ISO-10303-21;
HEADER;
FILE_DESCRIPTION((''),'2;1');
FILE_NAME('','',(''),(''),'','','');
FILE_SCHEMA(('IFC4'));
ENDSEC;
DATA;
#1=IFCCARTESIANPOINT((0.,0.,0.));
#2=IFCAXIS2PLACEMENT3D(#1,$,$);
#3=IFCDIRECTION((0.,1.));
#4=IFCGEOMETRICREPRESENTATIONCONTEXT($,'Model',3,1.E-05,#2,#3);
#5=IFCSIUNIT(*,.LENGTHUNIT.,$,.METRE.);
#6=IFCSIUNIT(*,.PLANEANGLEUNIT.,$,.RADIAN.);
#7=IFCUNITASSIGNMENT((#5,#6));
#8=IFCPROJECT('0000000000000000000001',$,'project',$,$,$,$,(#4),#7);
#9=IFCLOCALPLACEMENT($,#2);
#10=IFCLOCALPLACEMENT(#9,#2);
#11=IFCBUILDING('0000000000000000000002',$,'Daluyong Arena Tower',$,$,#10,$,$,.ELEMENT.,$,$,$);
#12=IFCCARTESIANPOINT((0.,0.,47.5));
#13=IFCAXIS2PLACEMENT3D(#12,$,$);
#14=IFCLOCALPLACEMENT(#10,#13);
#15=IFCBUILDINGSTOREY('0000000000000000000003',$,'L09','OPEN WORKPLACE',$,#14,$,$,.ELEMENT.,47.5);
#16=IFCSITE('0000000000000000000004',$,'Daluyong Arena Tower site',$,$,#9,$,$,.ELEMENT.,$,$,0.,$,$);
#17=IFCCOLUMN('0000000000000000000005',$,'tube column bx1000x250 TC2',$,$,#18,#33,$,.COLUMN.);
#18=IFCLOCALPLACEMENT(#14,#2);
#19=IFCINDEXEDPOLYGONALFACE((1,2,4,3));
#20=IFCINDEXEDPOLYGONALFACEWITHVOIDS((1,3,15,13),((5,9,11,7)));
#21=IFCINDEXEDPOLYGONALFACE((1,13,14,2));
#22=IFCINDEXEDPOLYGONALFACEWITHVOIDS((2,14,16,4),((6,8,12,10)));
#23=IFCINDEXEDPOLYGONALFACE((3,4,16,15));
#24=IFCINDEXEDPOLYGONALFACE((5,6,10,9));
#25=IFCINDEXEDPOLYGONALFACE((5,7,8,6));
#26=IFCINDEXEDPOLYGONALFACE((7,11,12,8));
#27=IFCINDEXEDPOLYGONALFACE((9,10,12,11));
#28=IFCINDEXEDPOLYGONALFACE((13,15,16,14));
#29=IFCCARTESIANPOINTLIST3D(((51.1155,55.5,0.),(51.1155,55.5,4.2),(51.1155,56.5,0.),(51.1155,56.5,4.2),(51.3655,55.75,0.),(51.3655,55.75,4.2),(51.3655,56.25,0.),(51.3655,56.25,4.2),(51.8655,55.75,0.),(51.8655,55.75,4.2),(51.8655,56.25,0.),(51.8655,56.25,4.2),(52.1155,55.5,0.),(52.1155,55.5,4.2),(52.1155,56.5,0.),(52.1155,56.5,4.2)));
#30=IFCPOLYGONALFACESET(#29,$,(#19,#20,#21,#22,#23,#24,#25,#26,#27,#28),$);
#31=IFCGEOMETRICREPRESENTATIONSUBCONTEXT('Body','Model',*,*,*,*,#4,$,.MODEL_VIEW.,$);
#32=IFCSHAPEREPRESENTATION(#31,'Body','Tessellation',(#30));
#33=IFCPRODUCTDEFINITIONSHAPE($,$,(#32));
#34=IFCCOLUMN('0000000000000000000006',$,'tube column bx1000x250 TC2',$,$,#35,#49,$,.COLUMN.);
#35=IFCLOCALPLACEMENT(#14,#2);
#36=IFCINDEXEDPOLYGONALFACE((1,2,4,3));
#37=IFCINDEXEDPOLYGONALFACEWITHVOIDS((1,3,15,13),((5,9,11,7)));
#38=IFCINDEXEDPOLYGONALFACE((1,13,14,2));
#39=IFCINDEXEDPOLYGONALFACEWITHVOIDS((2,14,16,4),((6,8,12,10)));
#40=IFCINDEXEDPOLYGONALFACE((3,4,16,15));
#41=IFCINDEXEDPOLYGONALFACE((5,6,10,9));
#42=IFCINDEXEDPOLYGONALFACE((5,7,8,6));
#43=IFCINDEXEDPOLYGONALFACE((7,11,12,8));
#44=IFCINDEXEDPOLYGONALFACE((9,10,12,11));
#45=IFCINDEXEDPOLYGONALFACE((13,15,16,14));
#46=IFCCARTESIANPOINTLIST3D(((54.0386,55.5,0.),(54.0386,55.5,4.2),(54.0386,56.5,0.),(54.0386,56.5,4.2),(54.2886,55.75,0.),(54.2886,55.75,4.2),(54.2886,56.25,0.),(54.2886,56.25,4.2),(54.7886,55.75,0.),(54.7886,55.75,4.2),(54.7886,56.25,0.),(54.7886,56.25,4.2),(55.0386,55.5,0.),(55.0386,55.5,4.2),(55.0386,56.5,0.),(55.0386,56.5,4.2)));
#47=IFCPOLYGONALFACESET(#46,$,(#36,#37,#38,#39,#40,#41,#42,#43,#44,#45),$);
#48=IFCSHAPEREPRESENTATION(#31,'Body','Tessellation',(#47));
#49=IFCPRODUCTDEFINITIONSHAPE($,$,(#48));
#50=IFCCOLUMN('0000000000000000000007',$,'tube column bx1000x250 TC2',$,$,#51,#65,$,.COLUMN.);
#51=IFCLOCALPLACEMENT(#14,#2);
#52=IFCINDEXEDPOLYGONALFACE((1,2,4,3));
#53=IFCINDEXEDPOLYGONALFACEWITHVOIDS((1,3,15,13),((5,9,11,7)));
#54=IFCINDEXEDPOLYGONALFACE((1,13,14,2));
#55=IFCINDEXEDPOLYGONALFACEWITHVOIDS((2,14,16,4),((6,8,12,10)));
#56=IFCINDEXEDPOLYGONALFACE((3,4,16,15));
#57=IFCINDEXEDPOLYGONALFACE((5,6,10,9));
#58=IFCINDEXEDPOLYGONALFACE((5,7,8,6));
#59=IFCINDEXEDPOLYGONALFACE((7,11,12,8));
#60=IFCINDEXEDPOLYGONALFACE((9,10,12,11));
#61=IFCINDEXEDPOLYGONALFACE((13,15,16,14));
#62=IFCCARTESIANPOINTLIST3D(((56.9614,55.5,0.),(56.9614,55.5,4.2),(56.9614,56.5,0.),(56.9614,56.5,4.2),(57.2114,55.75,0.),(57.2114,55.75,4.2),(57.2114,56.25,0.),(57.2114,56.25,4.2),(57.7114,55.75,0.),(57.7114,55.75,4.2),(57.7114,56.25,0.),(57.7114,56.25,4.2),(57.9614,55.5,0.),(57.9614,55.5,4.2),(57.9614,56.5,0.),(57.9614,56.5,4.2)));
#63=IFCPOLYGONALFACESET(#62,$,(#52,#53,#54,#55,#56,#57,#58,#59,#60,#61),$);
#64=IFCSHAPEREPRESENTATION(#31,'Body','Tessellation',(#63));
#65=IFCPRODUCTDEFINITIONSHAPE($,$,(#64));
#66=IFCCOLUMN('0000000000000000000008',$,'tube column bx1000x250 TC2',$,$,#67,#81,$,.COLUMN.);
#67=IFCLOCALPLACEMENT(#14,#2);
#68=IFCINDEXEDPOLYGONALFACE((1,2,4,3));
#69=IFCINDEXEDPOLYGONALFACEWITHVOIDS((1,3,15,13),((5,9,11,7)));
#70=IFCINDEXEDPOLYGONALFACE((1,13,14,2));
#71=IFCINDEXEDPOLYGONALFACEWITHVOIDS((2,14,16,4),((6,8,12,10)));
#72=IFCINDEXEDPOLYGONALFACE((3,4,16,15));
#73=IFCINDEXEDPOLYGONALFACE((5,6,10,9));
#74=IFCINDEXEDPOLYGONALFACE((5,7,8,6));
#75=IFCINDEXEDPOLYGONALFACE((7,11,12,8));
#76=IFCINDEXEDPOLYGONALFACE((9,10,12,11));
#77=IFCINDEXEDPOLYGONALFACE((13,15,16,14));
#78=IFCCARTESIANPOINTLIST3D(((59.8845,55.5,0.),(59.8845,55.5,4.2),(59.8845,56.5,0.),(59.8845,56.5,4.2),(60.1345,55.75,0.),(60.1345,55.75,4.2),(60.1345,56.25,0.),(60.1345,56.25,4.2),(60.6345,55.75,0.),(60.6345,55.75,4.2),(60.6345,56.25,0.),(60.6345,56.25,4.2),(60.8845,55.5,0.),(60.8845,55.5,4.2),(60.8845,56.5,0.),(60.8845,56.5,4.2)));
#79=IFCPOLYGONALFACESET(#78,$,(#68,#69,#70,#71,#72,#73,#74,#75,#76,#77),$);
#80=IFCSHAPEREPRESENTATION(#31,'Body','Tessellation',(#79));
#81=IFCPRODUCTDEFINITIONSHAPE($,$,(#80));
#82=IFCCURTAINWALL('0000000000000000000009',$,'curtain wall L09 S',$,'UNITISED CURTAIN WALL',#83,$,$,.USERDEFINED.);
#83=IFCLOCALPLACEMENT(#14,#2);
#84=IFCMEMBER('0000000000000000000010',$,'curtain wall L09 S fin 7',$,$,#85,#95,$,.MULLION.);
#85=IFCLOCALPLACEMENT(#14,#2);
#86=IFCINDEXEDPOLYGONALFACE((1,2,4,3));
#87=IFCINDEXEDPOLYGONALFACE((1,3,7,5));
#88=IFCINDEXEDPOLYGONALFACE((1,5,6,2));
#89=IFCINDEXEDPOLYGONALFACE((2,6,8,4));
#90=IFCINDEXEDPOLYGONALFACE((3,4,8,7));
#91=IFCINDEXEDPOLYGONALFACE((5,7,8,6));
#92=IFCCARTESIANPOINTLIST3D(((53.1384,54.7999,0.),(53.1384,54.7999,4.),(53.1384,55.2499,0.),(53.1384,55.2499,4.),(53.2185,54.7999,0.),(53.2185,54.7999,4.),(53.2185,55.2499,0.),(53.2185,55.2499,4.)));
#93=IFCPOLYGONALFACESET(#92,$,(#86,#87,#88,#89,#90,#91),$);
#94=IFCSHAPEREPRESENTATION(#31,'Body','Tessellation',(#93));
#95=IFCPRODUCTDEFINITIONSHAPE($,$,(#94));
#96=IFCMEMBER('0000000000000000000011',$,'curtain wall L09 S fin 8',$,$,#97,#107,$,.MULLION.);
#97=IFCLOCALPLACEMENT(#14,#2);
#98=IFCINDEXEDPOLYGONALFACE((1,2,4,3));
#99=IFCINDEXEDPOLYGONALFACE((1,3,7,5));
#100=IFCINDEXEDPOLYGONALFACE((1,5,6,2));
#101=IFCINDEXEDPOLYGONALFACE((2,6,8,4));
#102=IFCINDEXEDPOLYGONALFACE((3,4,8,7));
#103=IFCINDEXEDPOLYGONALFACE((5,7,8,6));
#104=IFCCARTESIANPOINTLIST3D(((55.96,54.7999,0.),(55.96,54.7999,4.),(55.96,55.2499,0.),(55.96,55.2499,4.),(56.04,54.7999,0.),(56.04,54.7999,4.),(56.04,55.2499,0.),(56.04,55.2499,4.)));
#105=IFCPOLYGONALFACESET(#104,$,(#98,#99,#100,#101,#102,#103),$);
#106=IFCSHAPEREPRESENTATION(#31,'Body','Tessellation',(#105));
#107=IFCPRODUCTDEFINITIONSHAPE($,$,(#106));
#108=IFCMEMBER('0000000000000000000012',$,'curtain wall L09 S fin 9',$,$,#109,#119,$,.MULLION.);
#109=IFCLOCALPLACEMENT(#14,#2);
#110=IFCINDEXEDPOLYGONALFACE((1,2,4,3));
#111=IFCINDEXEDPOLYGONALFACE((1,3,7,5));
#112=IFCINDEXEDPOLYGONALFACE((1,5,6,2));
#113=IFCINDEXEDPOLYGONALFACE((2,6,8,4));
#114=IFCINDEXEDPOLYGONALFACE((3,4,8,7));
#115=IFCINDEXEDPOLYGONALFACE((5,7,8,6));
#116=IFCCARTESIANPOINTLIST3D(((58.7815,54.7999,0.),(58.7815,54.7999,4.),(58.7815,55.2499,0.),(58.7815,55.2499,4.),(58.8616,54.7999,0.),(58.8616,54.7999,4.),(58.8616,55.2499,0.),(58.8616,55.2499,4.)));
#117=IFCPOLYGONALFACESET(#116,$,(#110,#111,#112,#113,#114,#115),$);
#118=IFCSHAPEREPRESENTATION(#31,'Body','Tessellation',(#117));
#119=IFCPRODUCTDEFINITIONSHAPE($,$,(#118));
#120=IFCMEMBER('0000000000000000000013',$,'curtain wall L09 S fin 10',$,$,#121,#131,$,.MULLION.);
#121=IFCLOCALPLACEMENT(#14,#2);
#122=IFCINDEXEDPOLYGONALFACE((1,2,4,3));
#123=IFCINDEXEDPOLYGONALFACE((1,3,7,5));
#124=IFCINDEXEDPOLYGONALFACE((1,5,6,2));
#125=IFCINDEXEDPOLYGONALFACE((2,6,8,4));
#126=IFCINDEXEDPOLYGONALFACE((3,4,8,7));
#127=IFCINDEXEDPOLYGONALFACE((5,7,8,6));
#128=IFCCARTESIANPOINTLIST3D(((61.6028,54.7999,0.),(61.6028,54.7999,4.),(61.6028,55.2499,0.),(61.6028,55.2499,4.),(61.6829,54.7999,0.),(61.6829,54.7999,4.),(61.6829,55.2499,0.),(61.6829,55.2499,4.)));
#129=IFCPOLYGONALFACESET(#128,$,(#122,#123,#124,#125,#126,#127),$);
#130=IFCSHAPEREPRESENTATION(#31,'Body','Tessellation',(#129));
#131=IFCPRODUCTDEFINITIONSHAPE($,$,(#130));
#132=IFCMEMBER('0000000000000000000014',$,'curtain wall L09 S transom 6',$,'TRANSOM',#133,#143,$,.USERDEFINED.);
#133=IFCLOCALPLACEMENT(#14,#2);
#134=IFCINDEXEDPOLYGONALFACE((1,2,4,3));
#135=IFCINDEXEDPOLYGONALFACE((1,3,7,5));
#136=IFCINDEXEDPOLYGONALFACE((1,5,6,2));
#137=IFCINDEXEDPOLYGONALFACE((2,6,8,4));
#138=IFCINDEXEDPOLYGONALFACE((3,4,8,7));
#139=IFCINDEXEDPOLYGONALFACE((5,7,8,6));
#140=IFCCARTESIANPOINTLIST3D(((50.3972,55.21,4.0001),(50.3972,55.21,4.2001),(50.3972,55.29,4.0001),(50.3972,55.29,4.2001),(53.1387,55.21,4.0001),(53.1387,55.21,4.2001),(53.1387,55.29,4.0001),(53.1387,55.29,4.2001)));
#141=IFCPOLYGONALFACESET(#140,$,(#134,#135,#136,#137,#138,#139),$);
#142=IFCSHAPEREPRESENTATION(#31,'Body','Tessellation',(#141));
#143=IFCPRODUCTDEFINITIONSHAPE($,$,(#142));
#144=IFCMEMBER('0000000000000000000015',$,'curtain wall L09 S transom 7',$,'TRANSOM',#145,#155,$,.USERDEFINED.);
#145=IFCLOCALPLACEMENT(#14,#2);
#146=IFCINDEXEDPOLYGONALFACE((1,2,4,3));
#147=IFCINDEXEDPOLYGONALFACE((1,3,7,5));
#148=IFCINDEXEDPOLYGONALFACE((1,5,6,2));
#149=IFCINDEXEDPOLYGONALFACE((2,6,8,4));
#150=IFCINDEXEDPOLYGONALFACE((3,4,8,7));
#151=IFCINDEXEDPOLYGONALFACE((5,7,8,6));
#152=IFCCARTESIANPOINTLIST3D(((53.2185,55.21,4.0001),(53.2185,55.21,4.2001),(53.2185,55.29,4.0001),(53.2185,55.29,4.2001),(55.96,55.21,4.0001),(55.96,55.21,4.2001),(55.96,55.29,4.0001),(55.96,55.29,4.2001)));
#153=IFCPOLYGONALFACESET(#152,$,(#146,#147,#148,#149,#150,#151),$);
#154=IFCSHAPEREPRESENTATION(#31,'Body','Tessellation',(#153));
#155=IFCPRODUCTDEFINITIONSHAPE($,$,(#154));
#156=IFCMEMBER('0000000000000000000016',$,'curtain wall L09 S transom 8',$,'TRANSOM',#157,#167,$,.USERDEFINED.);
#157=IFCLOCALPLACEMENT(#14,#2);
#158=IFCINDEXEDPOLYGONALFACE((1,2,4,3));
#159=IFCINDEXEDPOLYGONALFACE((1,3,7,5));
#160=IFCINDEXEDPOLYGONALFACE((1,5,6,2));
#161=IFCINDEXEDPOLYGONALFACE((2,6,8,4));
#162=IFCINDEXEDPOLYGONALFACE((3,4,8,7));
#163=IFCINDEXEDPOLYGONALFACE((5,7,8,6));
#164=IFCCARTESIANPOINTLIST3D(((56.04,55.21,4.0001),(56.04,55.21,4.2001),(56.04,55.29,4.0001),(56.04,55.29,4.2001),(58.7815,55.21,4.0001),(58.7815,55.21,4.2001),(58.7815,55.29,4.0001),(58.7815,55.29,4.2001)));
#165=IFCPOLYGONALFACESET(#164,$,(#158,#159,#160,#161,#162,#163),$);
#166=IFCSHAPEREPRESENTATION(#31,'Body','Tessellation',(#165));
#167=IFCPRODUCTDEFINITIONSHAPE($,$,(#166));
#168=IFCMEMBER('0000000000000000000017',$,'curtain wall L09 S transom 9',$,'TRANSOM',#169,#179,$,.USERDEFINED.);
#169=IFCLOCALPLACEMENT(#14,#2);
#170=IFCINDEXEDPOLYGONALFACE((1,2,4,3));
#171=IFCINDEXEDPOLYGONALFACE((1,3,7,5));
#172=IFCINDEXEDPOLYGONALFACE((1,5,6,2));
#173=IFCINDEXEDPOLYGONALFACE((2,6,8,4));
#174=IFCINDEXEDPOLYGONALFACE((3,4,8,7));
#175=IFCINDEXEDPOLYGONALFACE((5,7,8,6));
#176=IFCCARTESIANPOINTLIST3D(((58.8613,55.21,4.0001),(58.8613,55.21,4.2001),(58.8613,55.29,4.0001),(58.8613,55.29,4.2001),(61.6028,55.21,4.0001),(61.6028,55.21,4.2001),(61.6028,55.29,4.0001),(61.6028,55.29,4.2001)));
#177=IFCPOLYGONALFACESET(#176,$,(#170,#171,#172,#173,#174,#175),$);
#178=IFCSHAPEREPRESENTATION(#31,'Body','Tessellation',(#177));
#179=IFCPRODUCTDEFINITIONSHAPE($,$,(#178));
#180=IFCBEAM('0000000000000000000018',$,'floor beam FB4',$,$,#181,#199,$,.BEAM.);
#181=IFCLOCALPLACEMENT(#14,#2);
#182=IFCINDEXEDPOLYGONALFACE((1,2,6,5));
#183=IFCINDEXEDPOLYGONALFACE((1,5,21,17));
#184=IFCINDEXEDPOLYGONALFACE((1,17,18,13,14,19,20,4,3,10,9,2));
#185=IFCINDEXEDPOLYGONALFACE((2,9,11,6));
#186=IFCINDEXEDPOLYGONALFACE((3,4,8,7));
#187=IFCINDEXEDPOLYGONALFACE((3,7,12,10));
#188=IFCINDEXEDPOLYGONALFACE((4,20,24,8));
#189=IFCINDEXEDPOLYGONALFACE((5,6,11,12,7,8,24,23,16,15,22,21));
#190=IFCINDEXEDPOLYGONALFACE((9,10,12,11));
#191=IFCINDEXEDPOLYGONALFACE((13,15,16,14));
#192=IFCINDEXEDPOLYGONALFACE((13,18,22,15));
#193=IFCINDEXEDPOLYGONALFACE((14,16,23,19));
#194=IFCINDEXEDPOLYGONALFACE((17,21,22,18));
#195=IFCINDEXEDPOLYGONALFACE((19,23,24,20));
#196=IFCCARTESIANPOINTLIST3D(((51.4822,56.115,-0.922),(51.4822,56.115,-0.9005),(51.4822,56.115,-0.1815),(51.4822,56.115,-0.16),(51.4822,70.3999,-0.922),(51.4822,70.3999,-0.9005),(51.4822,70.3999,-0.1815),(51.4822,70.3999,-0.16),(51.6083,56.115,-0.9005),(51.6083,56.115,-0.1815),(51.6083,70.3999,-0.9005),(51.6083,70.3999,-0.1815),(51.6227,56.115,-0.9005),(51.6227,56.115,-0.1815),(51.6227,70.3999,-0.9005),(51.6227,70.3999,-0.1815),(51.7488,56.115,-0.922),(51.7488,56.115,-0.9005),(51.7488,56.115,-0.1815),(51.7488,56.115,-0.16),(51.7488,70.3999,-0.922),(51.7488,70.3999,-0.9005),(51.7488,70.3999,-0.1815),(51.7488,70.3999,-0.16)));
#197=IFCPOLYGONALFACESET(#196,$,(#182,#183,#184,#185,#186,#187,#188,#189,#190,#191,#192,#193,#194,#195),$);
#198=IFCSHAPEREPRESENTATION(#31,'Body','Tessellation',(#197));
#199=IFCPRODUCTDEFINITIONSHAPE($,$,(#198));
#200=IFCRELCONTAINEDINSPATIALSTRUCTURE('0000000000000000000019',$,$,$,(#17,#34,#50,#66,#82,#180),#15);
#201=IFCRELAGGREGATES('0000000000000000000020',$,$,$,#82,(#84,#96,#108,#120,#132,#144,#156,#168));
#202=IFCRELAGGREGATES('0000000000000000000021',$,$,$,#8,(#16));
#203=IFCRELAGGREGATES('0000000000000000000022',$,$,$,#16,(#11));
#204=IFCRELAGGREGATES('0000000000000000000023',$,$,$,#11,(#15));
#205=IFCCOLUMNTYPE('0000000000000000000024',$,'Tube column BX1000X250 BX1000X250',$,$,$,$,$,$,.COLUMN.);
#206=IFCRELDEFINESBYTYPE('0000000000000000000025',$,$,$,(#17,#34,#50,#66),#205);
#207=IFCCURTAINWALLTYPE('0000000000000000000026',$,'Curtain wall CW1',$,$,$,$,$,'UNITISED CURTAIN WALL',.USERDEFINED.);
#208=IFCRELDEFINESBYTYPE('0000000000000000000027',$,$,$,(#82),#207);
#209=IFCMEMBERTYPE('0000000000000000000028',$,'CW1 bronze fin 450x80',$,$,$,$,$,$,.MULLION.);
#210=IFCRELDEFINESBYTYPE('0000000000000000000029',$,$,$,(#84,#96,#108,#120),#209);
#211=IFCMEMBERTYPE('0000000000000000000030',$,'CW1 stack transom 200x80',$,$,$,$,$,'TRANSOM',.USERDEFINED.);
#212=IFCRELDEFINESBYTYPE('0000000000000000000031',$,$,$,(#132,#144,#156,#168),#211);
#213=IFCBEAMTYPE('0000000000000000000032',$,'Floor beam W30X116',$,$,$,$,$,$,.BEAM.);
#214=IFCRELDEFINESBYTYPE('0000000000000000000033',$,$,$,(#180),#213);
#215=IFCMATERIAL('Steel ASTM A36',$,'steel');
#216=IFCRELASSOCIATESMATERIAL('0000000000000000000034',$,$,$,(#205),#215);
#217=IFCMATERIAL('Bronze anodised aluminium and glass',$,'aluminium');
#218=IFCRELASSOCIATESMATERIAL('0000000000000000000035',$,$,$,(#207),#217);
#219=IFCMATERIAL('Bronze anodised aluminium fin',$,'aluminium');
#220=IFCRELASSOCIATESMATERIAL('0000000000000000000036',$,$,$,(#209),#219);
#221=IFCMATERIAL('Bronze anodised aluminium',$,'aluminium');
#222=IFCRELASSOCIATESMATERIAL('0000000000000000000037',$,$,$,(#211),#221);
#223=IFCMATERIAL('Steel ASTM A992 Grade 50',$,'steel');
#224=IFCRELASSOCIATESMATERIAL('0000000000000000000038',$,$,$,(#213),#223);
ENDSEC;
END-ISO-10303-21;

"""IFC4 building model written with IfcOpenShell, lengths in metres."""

from ifc_helpers import new_model, si_unit, direction, frame, origin, origin_2d, place, context, subcontext, project, spatial, rectangle, hollow_rectangle, i_section, extrude, material, material_profile, profile_set, type_object, element, aggregate, save


model = new_model("IFC4")

# Units and contexts
model_context = context("Model", 3, precision=1e-05, world=origin(), true_north=direction((0.0, 1.0)))
body_context = subcontext(model_context, "Body", "Model", "MODEL_VIEW")
ifc_project = project(units=[si_unit("LENGTHUNIT", "METRE"), si_unit("PLANEANGLEUNIT", "RADIAN")], contexts=[model_context])

# Site, building, storey
site_placement = place(None, origin())
site = spatial("IfcSite", under=ifc_project, at=site_placement, Name="Daluyong Arena Tower site", CompositionType="ELEMENT", RefElevation=0.0)
building_placement = place(site_placement, origin())
building = spatial("IfcBuilding", under=site, at=building_placement, Name="Daluyong Arena Tower", CompositionType="ELEMENT")
storey_placement = place(building_placement, frame((0.0, 0.0, 47.5)))
storey = spatial("IfcBuildingStorey", under=building, at=storey_placement, Name="L09", Description="OPEN WORKPLACE", CompositionType="ELEMENT", Elevation=47.5)

# Columns
ifc_material_1 = material(Name="Steel ASTM A36", Category="steel")
ifc_material_profile_1 = material_profile(ifc_material_1, hollow_rectangle(XDim=1.0, YDim=1.0, WallThickness=0.25, at=origin_2d()))
ifc_profile_set_1 = profile_set([ifc_material_profile_1], Name="Steel ASTM A36")
column_type = type_object("IfcColumnType", Name="Tube column BX1000X250 BX1000X250", PredefinedType="COLUMN", material=ifc_profile_set_1)
for number, where, z_axis, x_axis, name in (
    (1, (51.6155, 56.0, 0.0), (0.0, 0.0, 1.0), (1.0, 0.0, 0.0), "tube column bx1000x250 TC2"),
    (2, (54.5386, 56.0, 0.0), (0.0, 0.0, 1.0), (1.0, 0.0, 0.0), "tube column bx1000x250 TC2"),
    (3, (57.4614, 56.0, 0.0), (0.0, 0.0, 1.0), (1.0, 0.0, 0.0), "tube column bx1000x250 TC2"),
    (4, (60.3845, 56.0, 0.0), (0.0, 0.0, 1.0), (1.0, 0.0, 0.0), "tube column bx1000x250 TC2"),
):
    element("IfcColumn", number, at=place(storey_placement, frame(where, z_axis=z_axis, x_axis=x_axis)), inside=storey, type_object=column_type, Name=name, PredefinedType="COLUMN", context=body_context, shape_type="SweptSolid", body=[
        extrude(hollow_rectangle(XDim=1.0, YDim=1.0, WallThickness=0.25, at=origin_2d()), origin(), (0.0, 0.0, 1.0), 4.2),
    ])

# Curtain wall, members
ifc_material_2 = material(Name="Bronze anodised aluminium and glass", Category="aluminium")
curtain_wall_type = type_object("IfcCurtainWallType", Name="Curtain wall CW1", ElementType="UNITISED CURTAIN WALL", PredefinedType="USERDEFINED", material=ifc_material_2)
curtain_wall_placement = place(storey_placement, origin())
curtain_wall = element("IfcCurtainWall", 5, at=curtain_wall_placement, inside=storey, type_object=curtain_wall_type, Name="curtain wall L09 S", ObjectType="UNITISED CURTAIN WALL", PredefinedType="USERDEFINED")
ifc_material_3 = material(Name="Bronze anodised aluminium fin", Category="aluminium")
ifc_material_profile_2 = material_profile(ifc_material_3, rectangle(XDim=0.45, YDim=0.0801, at=origin_2d()))
ifc_profile_set_2 = profile_set([ifc_material_profile_2], Name="Bronze anodised aluminium fin")
member_type_1 = type_object("IfcMemberType", Name="CW1 bronze fin 450x80", PredefinedType="MULLION", material=ifc_profile_set_2)
member_1_placement = place(storey_placement, frame((53.1785, 55.0249, 0.0), z_axis=(0.0, 0.0, 1.0), x_axis=(0.0, 1.0, 0.0)))
member_1 = element("IfcMember", 6, at=member_1_placement, type_object=member_type_1, Name="curtain wall L09 S fin 7", PredefinedType="MULLION", context=body_context, shape_type="SweptSolid", body=[
    extrude(rectangle(XDim=0.45, YDim=0.0801, at=origin_2d()), origin(), (0.0, 0.0, 1.0), 4.0),
])
member_2_placement = place(storey_placement, frame((56.0, 55.0249, 0.0), z_axis=(0.0, 0.0, 1.0), x_axis=(0.0, 1.0, 0.0)))
member_2 = element("IfcMember", 7, at=member_2_placement, type_object=member_type_1, Name="curtain wall L09 S fin 8", PredefinedType="MULLION", context=body_context, shape_type="SweptSolid", body=[
    extrude(rectangle(XDim=0.45, YDim=0.0801, at=origin_2d()), origin(), (0.0, 0.0, 1.0), 4.0),
])
member_3_placement = place(storey_placement, frame((58.8215, 55.0249, 0.0), z_axis=(0.0, 0.0, 1.0), x_axis=(0.0, 1.0, 0.0)))
member_3 = element("IfcMember", 8, at=member_3_placement, type_object=member_type_1, Name="curtain wall L09 S fin 9", PredefinedType="MULLION", context=body_context, shape_type="SweptSolid", body=[
    extrude(rectangle(XDim=0.45, YDim=0.0801, at=origin_2d()), origin(), (0.0, 0.0, 1.0), 4.0),
])
member_4_placement = place(storey_placement, frame((61.6428, 55.0249, 0.0), z_axis=(0.0, 0.0, 1.0), x_axis=(0.0, 1.0, 0.0)))
member_4 = element("IfcMember", 9, at=member_4_placement, type_object=member_type_1, Name="curtain wall L09 S fin 10", PredefinedType="MULLION", context=body_context, shape_type="SweptSolid", body=[
    extrude(rectangle(XDim=0.45, YDim=0.0801, at=origin_2d()), origin(), (0.0, 0.0, 1.0), 4.0),
])
ifc_material_4 = material(Name="Bronze anodised aluminium", Category="aluminium")
ifc_material_profile_3 = material_profile(ifc_material_4, rectangle(XDim=0.0801, YDim=0.2, at=origin_2d()))
ifc_profile_set_3 = profile_set([ifc_material_profile_3], Name="Bronze anodised aluminium")
member_type_2 = type_object("IfcMemberType", Name="CW1 stack transom 200x80", ElementType="TRANSOM", PredefinedType="USERDEFINED", material=ifc_profile_set_3)
member_5_placement = place(storey_placement, frame((50.3972, 55.25, 4.1001), z_axis=(1.0, 0.0, 0.0), x_axis=(0.0, 1.0, 0.0)))
member_5 = element("IfcMember", 10, at=member_5_placement, type_object=member_type_2, Name="curtain wall L09 S transom 6", ObjectType="TRANSOM", PredefinedType="USERDEFINED", context=body_context, shape_type="SweptSolid", body=[
    extrude(rectangle(XDim=0.0801, YDim=0.2, at=origin_2d()), origin(), (0.0, 0.0, 1.0), 2.7415),
])
member_6_placement = place(storey_placement, frame((53.2185, 55.25, 4.1001), z_axis=(1.0, 0.0, 0.0), x_axis=(0.0, 1.0, 0.0)))
member_6 = element("IfcMember", 11, at=member_6_placement, type_object=member_type_2, Name="curtain wall L09 S transom 7", ObjectType="TRANSOM", PredefinedType="USERDEFINED", context=body_context, shape_type="SweptSolid", body=[
    extrude(rectangle(XDim=0.0801, YDim=0.2, at=origin_2d()), origin(), (0.0, 0.0, 1.0), 2.7415),
])
member_7_placement = place(storey_placement, frame((56.04, 55.25, 4.1001), z_axis=(1.0, 0.0, 0.0), x_axis=(0.0, 1.0, 0.0)))
member_7 = element("IfcMember", 12, at=member_7_placement, type_object=member_type_2, Name="curtain wall L09 S transom 8", ObjectType="TRANSOM", PredefinedType="USERDEFINED", context=body_context, shape_type="SweptSolid", body=[
    extrude(rectangle(XDim=0.0801, YDim=0.2, at=origin_2d()), origin(), (0.0, 0.0, 1.0), 2.7415),
])
member_8_placement = place(storey_placement, frame((58.8613, 55.25, 4.1001), z_axis=(1.0, 0.0, 0.0), x_axis=(0.0, 1.0, 0.0)))
member_8 = element("IfcMember", 13, at=member_8_placement, type_object=member_type_2, Name="curtain wall L09 S transom 9", ObjectType="TRANSOM", PredefinedType="USERDEFINED", context=body_context, shape_type="SweptSolid", body=[
    extrude(rectangle(XDim=0.0801, YDim=0.2, at=origin_2d()), origin(), (0.0, 0.0, 1.0), 2.7415),
])

# Beam
ifc_material_5 = material(Name="Steel ASTM A992 Grade 50", Category="steel")
ifc_material_profile_4 = material_profile(ifc_material_5, i_section(OverallWidth=0.2666, OverallDepth=0.762, WebThickness=0.0144, FlangeThickness=0.0215, at=origin_2d()))
ifc_profile_set_4 = profile_set([ifc_material_profile_4], Name="Steel ASTM A992 Grade 50")
beam_type_1 = type_object("IfcBeamType", Name="Floor beam W30X116", PredefinedType="BEAM", material=ifc_profile_set_4)
for number, where, z_axis, x_axis, name in (
    (14, (51.6155, 56.115, -0.541), (0.0, 1.0, 0.0), (-1.0, 0.0, 0.0), "floor beam FB4"),
):
    element("IfcBeam", number, at=place(storey_placement, frame(where, z_axis=z_axis, x_axis=x_axis)), inside=storey, type_object=beam_type_1, Name=name, PredefinedType="BEAM", context=body_context, shape_type="SweptSolid", body=[
        extrude(i_section(OverallWidth=0.2666, OverallDepth=0.762, WebThickness=0.0144, FlangeThickness=0.0215, at=origin_2d()), origin(), (0.0, 0.0, 1.0), 14.2849),
    ])

aggregate(curtain_wall, [member_1, member_2, member_3, member_4, member_5, member_6, member_7, member_8])

save(model, "model.ifc")
